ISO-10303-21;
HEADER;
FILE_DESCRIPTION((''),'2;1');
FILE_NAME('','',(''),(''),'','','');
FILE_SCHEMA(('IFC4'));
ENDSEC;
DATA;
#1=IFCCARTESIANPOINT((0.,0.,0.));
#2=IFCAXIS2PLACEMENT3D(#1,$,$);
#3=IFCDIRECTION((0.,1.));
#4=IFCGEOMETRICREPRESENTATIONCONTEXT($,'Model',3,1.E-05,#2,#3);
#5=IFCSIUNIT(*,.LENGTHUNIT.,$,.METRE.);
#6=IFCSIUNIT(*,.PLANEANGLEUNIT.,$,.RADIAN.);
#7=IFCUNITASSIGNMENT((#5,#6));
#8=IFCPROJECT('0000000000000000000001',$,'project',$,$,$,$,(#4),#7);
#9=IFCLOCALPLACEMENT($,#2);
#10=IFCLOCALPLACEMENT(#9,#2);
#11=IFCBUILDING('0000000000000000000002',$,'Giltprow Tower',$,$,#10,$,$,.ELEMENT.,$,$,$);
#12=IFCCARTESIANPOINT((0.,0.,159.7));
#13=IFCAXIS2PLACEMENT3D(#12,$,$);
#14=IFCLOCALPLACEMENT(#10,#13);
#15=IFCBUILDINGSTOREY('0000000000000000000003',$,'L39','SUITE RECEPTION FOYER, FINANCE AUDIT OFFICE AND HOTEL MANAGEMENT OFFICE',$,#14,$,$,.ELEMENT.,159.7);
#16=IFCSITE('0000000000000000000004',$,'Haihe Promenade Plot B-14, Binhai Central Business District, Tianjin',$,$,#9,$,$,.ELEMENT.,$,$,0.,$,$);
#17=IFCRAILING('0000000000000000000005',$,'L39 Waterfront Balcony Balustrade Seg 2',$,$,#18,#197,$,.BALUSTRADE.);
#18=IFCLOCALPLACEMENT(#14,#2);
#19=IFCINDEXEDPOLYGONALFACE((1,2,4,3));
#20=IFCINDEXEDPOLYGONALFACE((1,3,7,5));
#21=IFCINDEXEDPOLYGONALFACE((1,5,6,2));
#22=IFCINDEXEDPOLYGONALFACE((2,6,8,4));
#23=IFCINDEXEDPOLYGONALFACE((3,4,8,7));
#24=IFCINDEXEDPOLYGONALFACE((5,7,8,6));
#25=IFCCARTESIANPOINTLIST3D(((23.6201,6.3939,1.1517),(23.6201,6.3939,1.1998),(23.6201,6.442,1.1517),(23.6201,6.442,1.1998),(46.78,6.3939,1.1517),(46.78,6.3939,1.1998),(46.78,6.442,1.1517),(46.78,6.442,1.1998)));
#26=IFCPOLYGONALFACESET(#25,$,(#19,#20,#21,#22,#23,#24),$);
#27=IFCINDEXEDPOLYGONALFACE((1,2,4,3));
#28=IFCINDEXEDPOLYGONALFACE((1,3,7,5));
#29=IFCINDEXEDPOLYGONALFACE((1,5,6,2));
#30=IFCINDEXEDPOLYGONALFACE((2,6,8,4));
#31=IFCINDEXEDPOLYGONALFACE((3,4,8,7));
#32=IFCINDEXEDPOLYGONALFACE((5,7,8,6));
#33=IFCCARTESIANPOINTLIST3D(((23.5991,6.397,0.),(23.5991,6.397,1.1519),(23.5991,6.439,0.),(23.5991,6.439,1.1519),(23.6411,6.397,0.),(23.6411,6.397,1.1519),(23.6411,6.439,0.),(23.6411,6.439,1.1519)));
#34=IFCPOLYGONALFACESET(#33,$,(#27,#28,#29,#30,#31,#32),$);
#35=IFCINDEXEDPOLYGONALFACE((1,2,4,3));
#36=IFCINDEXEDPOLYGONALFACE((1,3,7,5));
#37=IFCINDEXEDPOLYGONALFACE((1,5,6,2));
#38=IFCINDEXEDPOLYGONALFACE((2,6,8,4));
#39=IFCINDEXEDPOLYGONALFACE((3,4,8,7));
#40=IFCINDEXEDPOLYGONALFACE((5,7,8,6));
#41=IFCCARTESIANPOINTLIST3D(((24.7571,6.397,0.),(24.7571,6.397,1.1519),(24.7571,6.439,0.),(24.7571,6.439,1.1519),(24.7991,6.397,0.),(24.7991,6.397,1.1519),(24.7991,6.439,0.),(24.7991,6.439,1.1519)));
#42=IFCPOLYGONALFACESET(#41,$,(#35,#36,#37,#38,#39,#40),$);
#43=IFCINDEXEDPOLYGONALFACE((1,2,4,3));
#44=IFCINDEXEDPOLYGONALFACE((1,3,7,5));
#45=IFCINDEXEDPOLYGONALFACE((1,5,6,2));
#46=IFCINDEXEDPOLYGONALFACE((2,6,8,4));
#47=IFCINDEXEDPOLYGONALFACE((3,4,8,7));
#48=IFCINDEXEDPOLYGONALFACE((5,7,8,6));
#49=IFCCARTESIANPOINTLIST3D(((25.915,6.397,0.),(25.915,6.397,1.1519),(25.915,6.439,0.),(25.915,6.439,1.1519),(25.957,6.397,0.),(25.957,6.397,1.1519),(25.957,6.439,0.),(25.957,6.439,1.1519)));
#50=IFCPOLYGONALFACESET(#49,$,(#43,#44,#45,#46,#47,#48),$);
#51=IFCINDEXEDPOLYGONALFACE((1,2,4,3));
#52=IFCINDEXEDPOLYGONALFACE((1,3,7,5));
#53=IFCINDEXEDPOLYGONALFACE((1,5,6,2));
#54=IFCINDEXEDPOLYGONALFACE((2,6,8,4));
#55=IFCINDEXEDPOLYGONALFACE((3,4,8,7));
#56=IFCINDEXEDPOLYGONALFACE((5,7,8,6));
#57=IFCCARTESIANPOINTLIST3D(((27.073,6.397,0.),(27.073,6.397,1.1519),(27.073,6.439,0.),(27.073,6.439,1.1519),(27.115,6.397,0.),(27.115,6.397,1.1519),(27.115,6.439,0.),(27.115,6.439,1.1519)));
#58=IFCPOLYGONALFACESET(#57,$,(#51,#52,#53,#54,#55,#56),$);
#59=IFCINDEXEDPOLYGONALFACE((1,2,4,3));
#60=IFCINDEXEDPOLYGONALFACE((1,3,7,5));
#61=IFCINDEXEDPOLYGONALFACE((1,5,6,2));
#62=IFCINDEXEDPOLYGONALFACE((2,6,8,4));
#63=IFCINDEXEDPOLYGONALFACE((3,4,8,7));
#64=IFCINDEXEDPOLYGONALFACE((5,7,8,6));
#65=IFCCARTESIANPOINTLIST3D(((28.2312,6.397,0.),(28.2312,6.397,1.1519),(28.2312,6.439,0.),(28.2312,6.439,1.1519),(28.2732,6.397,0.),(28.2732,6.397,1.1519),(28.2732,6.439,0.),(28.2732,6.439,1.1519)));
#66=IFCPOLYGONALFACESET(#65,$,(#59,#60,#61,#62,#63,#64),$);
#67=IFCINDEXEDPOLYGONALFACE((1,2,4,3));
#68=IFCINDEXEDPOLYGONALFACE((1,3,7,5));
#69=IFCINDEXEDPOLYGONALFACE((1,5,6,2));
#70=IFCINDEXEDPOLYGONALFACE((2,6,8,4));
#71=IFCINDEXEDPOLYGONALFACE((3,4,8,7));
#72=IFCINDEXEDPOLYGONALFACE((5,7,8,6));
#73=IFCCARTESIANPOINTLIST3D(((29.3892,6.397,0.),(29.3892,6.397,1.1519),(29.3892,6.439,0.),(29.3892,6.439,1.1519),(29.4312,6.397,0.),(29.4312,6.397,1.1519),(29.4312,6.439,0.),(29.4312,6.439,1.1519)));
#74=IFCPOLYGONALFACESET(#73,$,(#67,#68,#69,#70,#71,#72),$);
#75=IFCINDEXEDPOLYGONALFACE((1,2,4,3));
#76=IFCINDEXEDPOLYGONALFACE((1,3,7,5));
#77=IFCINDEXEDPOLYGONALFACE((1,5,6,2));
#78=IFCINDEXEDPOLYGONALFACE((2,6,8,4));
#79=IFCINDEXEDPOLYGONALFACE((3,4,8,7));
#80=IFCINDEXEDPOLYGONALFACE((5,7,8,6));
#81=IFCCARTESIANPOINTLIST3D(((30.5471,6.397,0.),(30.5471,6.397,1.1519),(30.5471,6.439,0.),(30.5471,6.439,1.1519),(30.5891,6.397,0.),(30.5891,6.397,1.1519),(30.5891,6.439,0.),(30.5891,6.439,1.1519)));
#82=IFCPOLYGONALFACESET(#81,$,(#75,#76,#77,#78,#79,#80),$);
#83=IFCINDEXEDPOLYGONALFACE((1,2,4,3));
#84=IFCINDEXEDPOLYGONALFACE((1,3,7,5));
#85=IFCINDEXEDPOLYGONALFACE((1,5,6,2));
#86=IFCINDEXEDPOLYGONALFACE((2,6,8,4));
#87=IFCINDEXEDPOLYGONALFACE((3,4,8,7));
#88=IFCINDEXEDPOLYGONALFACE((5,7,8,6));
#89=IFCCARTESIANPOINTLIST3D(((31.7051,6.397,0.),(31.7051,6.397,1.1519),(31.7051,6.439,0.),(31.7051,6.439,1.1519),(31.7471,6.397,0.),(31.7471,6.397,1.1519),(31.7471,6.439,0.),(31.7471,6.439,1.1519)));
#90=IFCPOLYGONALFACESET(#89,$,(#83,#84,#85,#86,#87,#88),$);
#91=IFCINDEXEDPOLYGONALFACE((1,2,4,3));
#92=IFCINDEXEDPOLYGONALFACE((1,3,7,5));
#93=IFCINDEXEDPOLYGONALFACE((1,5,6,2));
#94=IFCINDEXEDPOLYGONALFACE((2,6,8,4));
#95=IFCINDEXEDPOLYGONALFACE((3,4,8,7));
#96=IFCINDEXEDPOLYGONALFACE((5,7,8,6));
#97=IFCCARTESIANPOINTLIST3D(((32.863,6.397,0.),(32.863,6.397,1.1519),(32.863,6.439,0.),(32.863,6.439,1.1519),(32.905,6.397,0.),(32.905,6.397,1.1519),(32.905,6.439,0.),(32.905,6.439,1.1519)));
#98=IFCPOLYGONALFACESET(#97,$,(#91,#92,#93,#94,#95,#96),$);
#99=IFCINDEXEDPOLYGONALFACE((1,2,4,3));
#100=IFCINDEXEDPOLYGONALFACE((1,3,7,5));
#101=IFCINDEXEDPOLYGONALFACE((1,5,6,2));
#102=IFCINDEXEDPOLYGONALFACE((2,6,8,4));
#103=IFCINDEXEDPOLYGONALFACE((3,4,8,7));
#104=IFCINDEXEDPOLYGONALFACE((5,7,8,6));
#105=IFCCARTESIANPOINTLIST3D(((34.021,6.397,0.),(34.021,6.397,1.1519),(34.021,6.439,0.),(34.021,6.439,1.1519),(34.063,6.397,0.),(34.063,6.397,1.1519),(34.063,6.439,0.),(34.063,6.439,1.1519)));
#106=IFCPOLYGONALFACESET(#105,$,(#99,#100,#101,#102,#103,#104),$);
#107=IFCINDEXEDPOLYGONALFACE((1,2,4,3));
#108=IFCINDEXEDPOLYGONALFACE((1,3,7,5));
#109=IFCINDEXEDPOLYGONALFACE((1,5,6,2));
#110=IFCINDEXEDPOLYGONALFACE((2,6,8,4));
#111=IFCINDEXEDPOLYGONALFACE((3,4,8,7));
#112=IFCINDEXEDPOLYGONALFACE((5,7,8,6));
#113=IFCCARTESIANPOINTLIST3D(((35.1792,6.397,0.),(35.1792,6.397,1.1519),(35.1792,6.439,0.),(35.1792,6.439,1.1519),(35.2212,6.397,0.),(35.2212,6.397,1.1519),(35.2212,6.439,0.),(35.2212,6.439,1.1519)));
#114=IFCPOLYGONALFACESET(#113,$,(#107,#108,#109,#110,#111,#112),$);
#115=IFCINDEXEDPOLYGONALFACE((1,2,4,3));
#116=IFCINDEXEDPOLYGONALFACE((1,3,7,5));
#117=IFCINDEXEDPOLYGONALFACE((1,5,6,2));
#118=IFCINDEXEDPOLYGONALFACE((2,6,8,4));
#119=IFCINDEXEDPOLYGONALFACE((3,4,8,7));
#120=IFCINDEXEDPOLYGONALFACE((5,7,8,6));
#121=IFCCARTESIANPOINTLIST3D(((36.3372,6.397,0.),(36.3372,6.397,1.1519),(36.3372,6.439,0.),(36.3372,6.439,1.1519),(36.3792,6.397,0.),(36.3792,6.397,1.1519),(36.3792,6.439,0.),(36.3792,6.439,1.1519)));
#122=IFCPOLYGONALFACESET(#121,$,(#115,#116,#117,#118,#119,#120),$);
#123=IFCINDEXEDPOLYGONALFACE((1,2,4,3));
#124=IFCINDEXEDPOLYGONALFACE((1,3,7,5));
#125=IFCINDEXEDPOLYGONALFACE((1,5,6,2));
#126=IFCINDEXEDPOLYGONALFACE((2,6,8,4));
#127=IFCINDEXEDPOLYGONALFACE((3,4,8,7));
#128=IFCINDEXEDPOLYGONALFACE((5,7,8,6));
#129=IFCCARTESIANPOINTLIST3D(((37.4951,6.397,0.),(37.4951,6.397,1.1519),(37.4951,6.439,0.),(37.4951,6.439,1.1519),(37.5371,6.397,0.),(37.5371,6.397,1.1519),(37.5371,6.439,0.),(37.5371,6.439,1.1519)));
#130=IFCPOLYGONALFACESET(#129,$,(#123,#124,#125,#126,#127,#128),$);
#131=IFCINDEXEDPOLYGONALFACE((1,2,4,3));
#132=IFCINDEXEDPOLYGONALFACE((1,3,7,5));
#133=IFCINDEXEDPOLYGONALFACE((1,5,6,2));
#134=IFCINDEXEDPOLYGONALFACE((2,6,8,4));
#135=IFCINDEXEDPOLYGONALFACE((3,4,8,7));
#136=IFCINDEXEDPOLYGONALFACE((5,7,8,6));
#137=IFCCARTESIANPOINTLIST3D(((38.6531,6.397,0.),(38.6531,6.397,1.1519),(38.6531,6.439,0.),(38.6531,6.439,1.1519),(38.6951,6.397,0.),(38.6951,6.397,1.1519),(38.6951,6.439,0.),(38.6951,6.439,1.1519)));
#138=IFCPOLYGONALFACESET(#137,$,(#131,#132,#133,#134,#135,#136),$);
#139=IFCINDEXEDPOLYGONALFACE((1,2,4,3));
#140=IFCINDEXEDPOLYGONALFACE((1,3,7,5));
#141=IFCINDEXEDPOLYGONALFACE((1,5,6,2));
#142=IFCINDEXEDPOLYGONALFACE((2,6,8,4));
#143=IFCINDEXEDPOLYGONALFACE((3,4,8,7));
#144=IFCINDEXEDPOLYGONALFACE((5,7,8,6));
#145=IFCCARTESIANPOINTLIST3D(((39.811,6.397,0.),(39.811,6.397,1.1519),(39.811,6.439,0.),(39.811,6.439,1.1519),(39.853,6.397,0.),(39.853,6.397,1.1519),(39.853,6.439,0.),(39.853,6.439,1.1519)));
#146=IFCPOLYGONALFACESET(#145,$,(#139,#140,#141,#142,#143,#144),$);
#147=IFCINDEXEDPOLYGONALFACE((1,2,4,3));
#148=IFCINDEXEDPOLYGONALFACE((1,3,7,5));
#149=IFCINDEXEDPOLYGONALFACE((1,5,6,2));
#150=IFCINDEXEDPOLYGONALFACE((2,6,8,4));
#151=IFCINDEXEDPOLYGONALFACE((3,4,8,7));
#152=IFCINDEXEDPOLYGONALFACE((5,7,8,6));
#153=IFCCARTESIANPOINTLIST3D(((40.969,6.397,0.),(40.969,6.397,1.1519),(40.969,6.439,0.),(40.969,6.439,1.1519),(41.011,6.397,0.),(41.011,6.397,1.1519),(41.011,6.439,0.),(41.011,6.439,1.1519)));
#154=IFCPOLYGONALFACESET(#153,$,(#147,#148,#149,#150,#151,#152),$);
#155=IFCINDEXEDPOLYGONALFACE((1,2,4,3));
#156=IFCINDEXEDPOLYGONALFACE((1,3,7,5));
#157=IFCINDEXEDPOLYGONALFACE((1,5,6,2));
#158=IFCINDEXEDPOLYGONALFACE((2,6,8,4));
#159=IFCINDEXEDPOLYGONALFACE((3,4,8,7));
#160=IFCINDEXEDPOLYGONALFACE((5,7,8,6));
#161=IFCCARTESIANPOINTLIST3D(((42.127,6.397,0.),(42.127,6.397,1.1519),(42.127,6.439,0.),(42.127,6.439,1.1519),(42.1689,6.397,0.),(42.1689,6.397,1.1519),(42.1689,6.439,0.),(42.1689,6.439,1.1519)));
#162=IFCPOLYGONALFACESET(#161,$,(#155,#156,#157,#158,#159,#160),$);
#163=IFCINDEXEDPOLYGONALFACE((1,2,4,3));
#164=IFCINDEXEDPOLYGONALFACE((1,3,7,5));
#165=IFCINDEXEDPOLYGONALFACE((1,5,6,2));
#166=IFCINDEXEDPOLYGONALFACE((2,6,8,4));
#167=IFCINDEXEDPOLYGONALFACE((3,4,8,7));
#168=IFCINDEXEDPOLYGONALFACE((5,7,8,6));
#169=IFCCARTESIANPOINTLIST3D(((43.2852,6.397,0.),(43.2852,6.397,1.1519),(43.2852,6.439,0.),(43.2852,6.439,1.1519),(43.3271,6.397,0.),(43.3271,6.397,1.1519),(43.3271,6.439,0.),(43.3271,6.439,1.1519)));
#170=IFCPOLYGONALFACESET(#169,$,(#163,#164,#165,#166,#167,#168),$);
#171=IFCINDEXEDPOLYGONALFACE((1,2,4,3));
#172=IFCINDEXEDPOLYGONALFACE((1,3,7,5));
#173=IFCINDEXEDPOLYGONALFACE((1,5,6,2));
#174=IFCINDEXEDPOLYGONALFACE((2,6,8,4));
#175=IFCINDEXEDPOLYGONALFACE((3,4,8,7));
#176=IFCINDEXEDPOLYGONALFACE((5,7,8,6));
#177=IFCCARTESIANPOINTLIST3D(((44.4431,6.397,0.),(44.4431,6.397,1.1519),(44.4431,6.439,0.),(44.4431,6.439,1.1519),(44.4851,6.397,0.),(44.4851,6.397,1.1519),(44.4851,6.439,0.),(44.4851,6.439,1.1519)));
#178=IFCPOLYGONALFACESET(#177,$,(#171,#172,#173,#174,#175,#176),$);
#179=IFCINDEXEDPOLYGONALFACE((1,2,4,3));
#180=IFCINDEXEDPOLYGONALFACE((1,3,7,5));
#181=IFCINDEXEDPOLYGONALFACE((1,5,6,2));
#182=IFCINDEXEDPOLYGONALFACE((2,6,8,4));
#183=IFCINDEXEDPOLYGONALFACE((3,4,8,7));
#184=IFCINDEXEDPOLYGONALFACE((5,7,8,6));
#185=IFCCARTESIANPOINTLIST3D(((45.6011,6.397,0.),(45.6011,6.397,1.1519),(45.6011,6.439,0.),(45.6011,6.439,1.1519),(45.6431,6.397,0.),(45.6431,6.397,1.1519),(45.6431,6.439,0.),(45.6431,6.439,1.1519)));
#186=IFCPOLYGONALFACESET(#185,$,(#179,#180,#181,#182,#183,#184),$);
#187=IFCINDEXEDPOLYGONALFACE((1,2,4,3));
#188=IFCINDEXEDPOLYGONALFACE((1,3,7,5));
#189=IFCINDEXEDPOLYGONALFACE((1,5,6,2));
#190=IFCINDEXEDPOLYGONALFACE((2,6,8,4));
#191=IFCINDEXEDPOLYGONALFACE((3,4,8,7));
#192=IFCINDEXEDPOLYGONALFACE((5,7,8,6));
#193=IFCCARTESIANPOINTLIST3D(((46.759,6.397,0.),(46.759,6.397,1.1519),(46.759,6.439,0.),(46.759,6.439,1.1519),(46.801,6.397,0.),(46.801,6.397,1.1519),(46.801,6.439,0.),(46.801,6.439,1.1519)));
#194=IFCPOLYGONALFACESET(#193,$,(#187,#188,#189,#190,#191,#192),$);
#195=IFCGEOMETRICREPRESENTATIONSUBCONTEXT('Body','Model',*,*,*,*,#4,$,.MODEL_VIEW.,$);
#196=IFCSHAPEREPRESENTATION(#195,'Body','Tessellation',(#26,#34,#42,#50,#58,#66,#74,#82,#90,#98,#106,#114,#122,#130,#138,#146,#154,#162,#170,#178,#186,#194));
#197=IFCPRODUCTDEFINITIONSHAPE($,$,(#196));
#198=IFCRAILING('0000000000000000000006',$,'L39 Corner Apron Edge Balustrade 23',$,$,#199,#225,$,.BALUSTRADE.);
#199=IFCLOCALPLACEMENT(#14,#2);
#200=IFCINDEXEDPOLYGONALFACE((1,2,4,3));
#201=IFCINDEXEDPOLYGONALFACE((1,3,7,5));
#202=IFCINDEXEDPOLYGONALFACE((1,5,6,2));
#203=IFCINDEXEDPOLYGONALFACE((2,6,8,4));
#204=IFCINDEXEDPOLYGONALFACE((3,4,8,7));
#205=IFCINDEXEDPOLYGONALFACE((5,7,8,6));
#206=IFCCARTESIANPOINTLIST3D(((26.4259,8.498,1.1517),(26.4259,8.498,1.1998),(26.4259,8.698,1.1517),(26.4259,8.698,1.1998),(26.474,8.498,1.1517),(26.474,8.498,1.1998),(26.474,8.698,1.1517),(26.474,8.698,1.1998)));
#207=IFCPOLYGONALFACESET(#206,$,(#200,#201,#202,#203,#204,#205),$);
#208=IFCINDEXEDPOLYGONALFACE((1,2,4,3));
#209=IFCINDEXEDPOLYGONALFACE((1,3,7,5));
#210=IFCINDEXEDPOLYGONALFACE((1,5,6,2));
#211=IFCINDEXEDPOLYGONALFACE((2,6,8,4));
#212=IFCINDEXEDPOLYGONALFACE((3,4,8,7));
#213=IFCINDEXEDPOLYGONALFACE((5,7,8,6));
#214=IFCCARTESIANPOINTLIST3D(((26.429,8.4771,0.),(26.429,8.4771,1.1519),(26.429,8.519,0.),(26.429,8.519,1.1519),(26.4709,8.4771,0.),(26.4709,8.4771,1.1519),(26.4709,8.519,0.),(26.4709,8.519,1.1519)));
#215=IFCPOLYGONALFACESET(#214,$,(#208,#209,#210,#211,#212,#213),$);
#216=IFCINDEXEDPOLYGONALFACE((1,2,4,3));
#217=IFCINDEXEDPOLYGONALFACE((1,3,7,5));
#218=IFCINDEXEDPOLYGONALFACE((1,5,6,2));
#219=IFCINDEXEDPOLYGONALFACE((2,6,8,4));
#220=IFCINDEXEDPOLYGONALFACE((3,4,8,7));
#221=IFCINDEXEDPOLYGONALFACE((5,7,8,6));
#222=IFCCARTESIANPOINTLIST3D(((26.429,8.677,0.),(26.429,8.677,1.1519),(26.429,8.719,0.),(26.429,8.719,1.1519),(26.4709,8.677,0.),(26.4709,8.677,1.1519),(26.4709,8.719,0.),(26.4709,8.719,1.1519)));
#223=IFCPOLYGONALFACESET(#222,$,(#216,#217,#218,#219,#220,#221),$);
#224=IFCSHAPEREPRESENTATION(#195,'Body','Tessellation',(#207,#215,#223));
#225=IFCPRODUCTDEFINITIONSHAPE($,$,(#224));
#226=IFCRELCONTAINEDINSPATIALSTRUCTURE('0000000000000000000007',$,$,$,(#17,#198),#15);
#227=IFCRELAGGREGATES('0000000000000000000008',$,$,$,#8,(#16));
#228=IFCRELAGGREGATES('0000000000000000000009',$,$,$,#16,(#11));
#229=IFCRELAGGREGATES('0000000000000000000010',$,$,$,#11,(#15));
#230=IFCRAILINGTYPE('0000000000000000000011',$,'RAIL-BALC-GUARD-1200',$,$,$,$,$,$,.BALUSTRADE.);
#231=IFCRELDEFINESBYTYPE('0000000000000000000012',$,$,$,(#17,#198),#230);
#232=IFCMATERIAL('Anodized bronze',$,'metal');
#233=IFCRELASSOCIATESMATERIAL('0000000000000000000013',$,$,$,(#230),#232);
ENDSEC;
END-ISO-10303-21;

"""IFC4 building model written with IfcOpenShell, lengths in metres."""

from ifc_helpers import new_model, si_unit, direction, frame, origin, origin_2d, place, context, subcontext, project, spatial, rectangle, extrude, material, type_object, element, save


model = new_model("IFC4")

# Units and contexts
model_context = context("Model", 3, precision=1e-05, world=origin(), true_north=direction((0.0, 1.0)))
body_context = subcontext(model_context, "Body", "Model", "MODEL_VIEW")
ifc_project = project(units=[si_unit("LENGTHUNIT", "METRE"), si_unit("PLANEANGLEUNIT", "RADIAN")], contexts=[model_context])

# Site, building, storey
site_placement = place(None, origin())
site = spatial("IfcSite", under=ifc_project, at=site_placement, Name="Haihe Promenade Plot B-14, Binhai Central Business District, Tianjin", CompositionType="ELEMENT", RefElevation=0.0)
building_placement = place(site_placement, origin())
building = spatial("IfcBuilding", under=site, at=building_placement, Name="Giltprow Tower", CompositionType="ELEMENT")
storey_placement = place(building_placement, frame((0.0, 0.0, 159.7)))
storey = spatial("IfcBuildingStorey", under=building, at=storey_placement, Name="L39", Description="SUITE RECEPTION FOYER, FINANCE AUDIT OFFICE AND HOTEL MANAGEMENT OFFICE", CompositionType="ELEMENT", Elevation=159.7)

# Shared definitions
ifc_material_1 = material(Name="Anodized bronze", Category="metal")

# Railings
railing_type = type_object("IfcRailingType", Name="RAIL-BALC-GUARD-1200", PredefinedType="BALUSTRADE", material=ifc_material_1)
railing_1_placement = place(storey_placement, frame((23.6201, 6.418, 0.0)))
element("IfcRailing", 1, at=railing_1_placement, inside=storey, type_object=railing_type, Name="L39 Waterfront Balcony Balustrade Seg 2", PredefinedType="BALUSTRADE", context=body_context, shape_type="SweptSolid", body=[
    extrude(rectangle(XDim=0.0481, YDim=0.0481, at=origin_2d()), frame((0.0, 0.0, 1.1758), z_axis=(1.0, 0.0, 0.0), x_axis=(0.0, 1.0, 0.0)), (0.0, 0.0, 1.0), 23.1599),
    extrude(rectangle(XDim=0.042, YDim=0.042, at=origin_2d()), origin(), (0.0, 0.0, 1.0), 1.1519),
    extrude(rectangle(XDim=0.042, YDim=0.042, at=origin_2d()), frame((1.158, 0.0, 0.0)), (0.0, 0.0, 1.0), 1.1519),
    extrude(rectangle(XDim=0.042, YDim=0.042, at=origin_2d()), frame((2.3159, 0.0, 0.0)), (0.0, 0.0, 1.0), 1.1519),
    extrude(rectangle(XDim=0.042, YDim=0.042, at=origin_2d()), frame((3.4739, 0.0, 0.0)), (0.0, 0.0, 1.0), 1.1519),
    extrude(rectangle(XDim=0.042, YDim=0.042, at=origin_2d()), frame((4.6321, 0.0, 0.0)), (0.0, 0.0, 1.0), 1.1519),
    extrude(rectangle(XDim=0.042, YDim=0.042, at=origin_2d()), frame((5.79, 0.0, 0.0)), (0.0, 0.0, 1.0), 1.1519),
    extrude(rectangle(XDim=0.042, YDim=0.042, at=origin_2d()), frame((6.948, 0.0, 0.0)), (0.0, 0.0, 1.0), 1.1519),
    extrude(rectangle(XDim=0.042, YDim=0.042, at=origin_2d()), frame((8.106, 0.0, 0.0)), (0.0, 0.0, 1.0), 1.1519),
    extrude(rectangle(XDim=0.042, YDim=0.042, at=origin_2d()), frame((9.2639, 0.0, 0.0)), (0.0, 0.0, 1.0), 1.1519),
    extrude(rectangle(XDim=0.042, YDim=0.042, at=origin_2d()), frame((10.4219, 0.0, 0.0)), (0.0, 0.0, 1.0), 1.1519),
    extrude(rectangle(XDim=0.042, YDim=0.042, at=origin_2d()), frame((11.5801, 0.0, 0.0)), (0.0, 0.0, 1.0), 1.1519),
    extrude(rectangle(XDim=0.042, YDim=0.042, at=origin_2d()), frame((12.738, 0.0, 0.0)), (0.0, 0.0, 1.0), 1.1519),
    extrude(rectangle(XDim=0.042, YDim=0.042, at=origin_2d()), frame((13.896, 0.0, 0.0)), (0.0, 0.0, 1.0), 1.1519),
    extrude(rectangle(XDim=0.042, YDim=0.042, at=origin_2d()), frame((15.054, 0.0, 0.0)), (0.0, 0.0, 1.0), 1.1519),
    extrude(rectangle(XDim=0.042, YDim=0.042, at=origin_2d()), frame((16.2119, 0.0, 0.0)), (0.0, 0.0, 1.0), 1.1519),
    extrude(rectangle(XDim=0.042, YDim=0.042, at=origin_2d()), frame((17.3699, 0.0, 0.0)), (0.0, 0.0, 1.0), 1.1519),
    extrude(rectangle(XDim=0.042, YDim=0.042, at=origin_2d()), frame((18.5278, 0.0, 0.0)), (0.0, 0.0, 1.0), 1.1519),
    extrude(rectangle(XDim=0.042, YDim=0.042, at=origin_2d()), frame((19.686, 0.0, 0.0)), (0.0, 0.0, 1.0), 1.1519),
    extrude(rectangle(XDim=0.042, YDim=0.042, at=origin_2d()), frame((20.844, 0.0, 0.0)), (0.0, 0.0, 1.0), 1.1519),
    extrude(rectangle(XDim=0.042, YDim=0.042, at=origin_2d()), frame((22.002, 0.0, 0.0)), (0.0, 0.0, 1.0), 1.1519),
    extrude(rectangle(XDim=0.042, YDim=0.042, at=origin_2d()), frame((23.1599, 0.0, 0.0)), (0.0, 0.0, 1.0), 1.1519),
])
railing_2_placement = place(storey_placement, frame((26.45, 8.498, 0.0)))
element("IfcRailing", 2, at=railing_2_placement, inside=storey, type_object=railing_type, Name="L39 Corner Apron Edge Balustrade 23", PredefinedType="BALUSTRADE", context=body_context, shape_type="SweptSolid", body=[
    extrude(rectangle(XDim=0.0481, YDim=0.0481, at=origin_2d()), frame((0.0, 0.0, 1.1758), z_axis=(0.0, 1.0, 0.0), x_axis=(-1.0, 0.0, 0.0)), (0.0, 0.0, 1.0), 0.2),
    extrude(rectangle(XDim=0.042, YDim=0.042, at=origin_2d()), origin(), (0.0, 0.0, 1.0), 1.1519),
    extrude(rectangle(XDim=0.042, YDim=0.042, at=origin_2d()), frame((0.0, 0.2, 0.0)), (0.0, 0.0, 1.0), 1.1519),
])

save(model, "model.ifc")
